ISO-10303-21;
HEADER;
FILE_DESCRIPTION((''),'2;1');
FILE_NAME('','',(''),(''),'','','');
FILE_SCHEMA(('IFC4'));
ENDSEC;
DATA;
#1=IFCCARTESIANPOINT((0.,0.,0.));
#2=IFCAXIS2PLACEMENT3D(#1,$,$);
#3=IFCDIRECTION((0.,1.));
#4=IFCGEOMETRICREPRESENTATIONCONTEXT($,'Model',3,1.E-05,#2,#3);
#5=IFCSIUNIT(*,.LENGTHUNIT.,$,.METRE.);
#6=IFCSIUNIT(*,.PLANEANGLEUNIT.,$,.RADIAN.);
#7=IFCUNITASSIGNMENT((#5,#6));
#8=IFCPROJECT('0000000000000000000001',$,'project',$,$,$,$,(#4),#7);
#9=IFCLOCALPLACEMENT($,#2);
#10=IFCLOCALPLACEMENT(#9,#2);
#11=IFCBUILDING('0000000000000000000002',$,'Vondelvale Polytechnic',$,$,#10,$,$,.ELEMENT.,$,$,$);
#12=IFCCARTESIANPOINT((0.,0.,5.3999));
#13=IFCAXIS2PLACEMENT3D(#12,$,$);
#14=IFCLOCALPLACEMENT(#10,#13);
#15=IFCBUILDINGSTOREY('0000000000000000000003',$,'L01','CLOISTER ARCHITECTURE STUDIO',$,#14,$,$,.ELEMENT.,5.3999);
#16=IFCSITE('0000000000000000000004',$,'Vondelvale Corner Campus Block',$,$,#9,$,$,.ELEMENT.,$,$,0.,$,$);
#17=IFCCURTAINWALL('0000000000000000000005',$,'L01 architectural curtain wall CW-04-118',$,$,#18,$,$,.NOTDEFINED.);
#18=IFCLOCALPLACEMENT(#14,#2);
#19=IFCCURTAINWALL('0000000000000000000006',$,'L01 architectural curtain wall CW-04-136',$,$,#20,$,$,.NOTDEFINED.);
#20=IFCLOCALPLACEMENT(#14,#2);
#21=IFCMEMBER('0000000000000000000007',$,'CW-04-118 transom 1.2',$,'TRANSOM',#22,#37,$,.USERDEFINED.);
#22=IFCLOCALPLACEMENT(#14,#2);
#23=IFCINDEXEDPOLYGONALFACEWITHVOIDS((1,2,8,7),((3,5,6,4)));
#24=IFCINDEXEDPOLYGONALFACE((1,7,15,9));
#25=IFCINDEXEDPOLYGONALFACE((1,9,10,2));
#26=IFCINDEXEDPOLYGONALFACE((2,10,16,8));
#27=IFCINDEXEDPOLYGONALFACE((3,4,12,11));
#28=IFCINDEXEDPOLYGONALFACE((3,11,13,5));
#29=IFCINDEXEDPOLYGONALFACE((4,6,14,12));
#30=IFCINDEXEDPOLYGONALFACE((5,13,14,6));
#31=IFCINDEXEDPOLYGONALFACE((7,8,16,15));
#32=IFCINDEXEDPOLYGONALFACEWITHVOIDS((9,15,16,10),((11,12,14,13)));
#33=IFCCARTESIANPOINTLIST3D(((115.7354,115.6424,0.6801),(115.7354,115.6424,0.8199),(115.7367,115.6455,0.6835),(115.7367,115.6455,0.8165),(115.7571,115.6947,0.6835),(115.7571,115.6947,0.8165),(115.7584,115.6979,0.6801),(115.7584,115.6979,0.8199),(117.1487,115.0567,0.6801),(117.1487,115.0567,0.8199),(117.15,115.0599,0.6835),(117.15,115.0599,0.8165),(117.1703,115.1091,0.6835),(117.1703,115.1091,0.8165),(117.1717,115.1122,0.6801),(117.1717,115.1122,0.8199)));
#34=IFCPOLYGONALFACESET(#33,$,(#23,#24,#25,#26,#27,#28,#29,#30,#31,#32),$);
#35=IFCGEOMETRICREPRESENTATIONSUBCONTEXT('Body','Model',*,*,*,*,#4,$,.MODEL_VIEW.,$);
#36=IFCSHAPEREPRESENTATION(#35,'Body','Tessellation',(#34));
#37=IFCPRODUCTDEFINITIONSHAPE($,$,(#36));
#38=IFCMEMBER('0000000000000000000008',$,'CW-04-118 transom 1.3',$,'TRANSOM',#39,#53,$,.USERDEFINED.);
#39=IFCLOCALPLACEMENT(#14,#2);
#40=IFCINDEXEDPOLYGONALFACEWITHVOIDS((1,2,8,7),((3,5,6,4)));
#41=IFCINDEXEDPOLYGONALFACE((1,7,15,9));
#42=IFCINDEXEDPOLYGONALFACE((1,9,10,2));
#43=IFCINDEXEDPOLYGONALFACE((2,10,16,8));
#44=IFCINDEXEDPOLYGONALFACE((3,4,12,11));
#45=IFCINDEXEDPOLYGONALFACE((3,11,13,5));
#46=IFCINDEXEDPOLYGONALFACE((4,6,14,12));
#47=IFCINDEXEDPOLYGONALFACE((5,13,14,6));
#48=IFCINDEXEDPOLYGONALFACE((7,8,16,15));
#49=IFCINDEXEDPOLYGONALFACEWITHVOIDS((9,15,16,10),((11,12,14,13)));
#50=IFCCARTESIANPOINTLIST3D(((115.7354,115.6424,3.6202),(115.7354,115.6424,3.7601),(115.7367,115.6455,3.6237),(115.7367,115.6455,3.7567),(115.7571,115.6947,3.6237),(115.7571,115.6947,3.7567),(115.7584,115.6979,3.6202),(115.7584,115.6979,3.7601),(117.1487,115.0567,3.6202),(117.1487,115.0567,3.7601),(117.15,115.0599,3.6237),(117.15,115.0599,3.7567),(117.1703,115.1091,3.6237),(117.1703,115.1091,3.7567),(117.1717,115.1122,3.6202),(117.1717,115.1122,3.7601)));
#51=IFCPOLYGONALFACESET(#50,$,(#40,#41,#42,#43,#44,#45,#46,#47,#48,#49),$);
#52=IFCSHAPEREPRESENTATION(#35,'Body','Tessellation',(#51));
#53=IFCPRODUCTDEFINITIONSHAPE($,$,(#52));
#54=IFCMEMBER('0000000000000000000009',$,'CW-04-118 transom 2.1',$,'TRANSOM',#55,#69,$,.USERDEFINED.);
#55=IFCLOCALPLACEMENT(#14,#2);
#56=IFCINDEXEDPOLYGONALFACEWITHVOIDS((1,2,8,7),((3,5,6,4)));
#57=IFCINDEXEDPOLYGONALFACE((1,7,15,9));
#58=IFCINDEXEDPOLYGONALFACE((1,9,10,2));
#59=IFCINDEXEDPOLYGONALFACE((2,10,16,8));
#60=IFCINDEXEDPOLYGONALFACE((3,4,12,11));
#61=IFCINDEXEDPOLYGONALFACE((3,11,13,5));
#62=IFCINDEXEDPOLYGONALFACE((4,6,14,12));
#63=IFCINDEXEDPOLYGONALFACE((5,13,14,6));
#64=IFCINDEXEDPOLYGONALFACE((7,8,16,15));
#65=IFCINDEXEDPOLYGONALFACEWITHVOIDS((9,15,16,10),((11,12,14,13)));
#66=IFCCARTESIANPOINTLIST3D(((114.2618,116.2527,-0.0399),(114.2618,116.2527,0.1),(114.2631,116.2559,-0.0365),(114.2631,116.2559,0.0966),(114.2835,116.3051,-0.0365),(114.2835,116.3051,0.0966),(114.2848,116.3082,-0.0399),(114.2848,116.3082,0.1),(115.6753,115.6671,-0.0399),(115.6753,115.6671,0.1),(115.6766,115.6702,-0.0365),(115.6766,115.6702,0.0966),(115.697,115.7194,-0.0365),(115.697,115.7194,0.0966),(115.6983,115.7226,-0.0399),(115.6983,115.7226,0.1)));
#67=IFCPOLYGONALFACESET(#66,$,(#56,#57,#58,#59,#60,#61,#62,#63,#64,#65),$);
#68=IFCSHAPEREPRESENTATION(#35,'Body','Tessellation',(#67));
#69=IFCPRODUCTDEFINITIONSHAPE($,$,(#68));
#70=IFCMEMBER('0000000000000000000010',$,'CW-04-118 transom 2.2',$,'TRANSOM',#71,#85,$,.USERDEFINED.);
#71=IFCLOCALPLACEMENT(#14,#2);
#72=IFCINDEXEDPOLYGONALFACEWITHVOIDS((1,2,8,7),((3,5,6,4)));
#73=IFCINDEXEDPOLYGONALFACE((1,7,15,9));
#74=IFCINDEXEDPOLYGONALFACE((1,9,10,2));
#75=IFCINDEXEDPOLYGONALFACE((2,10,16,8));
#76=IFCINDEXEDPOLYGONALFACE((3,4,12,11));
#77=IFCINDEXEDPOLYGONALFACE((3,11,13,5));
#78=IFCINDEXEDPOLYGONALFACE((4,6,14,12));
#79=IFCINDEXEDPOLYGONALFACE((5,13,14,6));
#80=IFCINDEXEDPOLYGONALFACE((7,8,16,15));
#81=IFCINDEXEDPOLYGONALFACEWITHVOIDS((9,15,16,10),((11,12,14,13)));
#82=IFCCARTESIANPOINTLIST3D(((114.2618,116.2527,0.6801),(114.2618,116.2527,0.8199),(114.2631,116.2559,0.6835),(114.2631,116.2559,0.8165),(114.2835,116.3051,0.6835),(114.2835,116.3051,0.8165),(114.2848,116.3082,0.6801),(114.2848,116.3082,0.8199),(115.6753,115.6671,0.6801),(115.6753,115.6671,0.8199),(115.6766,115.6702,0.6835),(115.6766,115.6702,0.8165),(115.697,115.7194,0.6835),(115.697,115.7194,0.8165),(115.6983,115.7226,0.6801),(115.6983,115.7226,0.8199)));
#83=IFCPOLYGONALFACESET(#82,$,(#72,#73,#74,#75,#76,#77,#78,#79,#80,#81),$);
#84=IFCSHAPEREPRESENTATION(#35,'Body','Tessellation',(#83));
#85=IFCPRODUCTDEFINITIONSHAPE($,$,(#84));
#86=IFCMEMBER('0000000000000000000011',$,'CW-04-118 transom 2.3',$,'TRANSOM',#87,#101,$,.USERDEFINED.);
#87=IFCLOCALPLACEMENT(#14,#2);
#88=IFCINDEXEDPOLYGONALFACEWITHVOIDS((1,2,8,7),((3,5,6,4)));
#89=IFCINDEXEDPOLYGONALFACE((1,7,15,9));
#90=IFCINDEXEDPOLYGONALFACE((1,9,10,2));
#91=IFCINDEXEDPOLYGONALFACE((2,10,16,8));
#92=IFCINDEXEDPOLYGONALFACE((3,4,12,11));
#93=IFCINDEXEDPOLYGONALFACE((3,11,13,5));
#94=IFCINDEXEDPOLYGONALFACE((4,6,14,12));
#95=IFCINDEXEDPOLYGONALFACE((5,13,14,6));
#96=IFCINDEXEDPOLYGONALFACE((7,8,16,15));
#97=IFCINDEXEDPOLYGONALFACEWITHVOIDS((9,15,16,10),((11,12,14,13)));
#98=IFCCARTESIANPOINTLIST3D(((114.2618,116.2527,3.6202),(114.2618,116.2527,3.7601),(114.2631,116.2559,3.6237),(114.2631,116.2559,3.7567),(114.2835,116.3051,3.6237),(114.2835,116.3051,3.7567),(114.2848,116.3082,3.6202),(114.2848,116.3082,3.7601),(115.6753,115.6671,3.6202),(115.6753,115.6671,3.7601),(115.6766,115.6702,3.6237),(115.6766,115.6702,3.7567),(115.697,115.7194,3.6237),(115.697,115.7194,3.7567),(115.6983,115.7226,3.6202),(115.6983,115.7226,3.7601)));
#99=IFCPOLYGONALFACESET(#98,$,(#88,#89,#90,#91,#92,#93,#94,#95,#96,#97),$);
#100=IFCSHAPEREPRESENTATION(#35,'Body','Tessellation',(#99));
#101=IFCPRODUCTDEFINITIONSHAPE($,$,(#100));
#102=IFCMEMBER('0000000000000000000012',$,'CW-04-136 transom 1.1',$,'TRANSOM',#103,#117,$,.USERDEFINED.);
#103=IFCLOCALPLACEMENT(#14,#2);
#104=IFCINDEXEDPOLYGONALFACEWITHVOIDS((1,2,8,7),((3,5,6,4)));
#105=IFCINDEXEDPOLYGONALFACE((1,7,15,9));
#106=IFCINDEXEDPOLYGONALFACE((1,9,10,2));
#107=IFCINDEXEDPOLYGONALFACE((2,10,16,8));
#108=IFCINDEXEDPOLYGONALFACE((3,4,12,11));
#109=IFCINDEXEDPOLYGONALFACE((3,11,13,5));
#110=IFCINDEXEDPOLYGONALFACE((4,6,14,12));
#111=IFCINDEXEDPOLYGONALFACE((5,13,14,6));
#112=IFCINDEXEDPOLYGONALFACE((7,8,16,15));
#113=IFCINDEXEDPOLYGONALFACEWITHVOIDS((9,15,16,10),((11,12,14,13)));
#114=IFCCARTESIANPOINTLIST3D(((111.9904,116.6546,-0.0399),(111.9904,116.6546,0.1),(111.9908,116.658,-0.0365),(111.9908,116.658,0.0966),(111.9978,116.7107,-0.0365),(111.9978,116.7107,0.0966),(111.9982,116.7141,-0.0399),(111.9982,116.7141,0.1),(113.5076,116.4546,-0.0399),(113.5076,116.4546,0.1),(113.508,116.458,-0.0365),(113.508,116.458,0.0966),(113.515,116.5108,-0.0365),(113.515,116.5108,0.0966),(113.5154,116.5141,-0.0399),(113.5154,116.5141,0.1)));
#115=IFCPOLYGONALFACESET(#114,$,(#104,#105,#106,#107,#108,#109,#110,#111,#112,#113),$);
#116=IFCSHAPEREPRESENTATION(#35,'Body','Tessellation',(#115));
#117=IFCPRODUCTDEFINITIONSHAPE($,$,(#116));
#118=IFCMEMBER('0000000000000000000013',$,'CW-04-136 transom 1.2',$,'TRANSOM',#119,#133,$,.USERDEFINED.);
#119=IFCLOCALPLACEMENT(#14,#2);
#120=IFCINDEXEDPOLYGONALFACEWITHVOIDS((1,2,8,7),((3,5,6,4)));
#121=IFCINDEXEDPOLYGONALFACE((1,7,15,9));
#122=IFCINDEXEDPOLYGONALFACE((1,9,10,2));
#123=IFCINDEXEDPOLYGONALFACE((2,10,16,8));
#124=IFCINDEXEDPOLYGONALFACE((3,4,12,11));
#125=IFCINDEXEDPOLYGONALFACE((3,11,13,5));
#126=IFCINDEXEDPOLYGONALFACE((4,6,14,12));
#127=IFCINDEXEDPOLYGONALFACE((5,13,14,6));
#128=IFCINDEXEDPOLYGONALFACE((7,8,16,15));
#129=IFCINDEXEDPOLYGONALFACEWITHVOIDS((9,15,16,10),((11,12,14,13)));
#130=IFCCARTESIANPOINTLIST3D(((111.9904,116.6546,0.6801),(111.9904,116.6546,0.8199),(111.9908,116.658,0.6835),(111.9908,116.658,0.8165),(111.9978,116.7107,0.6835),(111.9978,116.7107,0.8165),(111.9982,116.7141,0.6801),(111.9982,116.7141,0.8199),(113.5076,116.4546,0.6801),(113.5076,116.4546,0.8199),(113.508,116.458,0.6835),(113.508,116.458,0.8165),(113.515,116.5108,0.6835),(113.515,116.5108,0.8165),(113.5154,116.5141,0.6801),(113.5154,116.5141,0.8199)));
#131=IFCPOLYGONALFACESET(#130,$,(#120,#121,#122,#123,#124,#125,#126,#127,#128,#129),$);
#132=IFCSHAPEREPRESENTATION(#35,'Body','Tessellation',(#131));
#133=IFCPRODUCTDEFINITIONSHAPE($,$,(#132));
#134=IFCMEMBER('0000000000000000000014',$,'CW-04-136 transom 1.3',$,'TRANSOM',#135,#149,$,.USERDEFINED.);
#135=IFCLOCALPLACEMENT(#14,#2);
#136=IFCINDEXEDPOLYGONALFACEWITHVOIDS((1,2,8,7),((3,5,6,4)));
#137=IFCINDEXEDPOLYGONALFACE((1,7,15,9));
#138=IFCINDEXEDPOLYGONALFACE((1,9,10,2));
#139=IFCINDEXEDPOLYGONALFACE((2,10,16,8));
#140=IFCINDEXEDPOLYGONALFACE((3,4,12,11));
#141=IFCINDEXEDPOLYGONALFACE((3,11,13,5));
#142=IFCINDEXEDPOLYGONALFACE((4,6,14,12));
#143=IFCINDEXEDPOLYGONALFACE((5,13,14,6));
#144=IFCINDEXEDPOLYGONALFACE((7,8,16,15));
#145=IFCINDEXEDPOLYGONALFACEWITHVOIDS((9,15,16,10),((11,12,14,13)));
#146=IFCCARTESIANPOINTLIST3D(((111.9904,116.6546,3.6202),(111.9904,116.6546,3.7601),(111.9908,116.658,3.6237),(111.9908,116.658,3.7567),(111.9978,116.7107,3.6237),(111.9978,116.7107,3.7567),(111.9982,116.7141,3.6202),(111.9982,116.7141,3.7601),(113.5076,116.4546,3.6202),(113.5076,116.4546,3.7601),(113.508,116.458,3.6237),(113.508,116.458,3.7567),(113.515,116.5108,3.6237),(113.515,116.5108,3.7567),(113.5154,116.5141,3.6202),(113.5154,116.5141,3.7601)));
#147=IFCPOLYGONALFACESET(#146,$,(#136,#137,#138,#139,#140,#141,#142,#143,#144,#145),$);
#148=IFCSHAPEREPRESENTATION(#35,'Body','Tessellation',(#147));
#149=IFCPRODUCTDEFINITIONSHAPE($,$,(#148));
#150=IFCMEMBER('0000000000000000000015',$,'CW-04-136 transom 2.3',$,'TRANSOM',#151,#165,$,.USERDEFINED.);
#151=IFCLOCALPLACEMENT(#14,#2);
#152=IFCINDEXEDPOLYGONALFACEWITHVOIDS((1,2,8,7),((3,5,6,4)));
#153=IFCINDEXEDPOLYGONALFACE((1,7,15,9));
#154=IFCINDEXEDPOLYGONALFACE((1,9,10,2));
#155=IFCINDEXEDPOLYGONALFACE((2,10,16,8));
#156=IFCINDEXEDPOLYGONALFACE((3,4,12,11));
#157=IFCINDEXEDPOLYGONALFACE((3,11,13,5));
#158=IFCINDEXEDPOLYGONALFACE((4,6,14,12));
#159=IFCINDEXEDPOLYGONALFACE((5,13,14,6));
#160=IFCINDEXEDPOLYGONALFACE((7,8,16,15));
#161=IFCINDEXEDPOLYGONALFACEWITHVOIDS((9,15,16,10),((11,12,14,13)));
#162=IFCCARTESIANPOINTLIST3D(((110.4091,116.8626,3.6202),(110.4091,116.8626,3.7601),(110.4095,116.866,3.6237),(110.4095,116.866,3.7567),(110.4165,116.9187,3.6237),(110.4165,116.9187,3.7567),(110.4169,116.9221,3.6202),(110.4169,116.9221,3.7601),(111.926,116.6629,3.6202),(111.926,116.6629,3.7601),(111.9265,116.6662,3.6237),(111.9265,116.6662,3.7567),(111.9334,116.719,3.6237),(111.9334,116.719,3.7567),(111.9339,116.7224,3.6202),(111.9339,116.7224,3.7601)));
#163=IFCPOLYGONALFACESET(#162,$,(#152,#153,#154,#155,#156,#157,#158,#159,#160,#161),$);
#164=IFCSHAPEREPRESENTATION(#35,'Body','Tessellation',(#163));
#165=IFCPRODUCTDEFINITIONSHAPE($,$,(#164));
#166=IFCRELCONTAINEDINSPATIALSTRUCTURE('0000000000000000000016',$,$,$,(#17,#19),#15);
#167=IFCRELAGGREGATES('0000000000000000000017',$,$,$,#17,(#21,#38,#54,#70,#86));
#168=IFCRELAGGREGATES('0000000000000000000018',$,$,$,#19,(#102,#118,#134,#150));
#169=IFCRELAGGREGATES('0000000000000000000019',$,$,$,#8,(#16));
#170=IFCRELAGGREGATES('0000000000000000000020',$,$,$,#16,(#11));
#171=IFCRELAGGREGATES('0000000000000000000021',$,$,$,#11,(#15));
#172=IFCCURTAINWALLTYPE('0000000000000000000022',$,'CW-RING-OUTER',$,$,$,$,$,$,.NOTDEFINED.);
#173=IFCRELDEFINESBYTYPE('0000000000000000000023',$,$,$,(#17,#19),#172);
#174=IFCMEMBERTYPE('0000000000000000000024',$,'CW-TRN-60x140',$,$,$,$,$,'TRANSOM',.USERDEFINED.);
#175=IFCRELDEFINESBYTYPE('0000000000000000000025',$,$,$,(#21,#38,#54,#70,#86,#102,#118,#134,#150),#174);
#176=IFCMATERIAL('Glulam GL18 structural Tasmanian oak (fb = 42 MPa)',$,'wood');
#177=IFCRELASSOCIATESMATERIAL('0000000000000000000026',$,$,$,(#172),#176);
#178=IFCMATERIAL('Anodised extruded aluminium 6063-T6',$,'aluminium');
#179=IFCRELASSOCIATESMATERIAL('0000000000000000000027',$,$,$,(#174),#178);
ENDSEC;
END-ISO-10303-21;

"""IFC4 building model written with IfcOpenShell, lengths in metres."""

from ifc_helpers import new_model, si_unit, direction, frame, origin, origin_2d, place, context, subcontext, project, spatial, hollow_rectangle, extrude, material, material_profile, profile_set, type_object, element, aggregate, save


model = new_model("IFC4")

# Units and contexts
model_context = context("Model", 3, precision=1e-05, world=origin(), true_north=direction((0.0, 1.0)))
body_context = subcontext(model_context, "Body", "Model", "MODEL_VIEW")
ifc_project = project(units=[si_unit("LENGTHUNIT", "METRE"), si_unit("PLANEANGLEUNIT", "RADIAN")], contexts=[model_context])

# Site, building, storey
site_placement = place(None, origin())
site = spatial("IfcSite", under=ifc_project, at=site_placement, Name="Vondelvale Corner Campus Block", CompositionType="ELEMENT", RefElevation=0.0)
building_placement = place(site_placement, origin())
building = spatial("IfcBuilding", under=site, at=building_placement, Name="Vondelvale Polytechnic", CompositionType="ELEMENT")
storey_placement = place(building_placement, frame((0.0, 0.0, 5.3999)))
storey = spatial("IfcBuildingStorey", under=building, at=storey_placement, Name="L01", Description="CLOISTER ARCHITECTURE STUDIO", CompositionType="ELEMENT", Elevation=5.3999)

# Shared definitions
ifc_material_1 = material(Name="Glulam GL18 structural Tasmanian oak (fb = 42 MPa)", Category="wood")

# Curtain walls
curtain_wall_type = type_object("IfcCurtainWallType", Name="CW-RING-OUTER", PredefinedType="NOTDEFINED", material=ifc_material_1)
curtain_wall_1_placement = place(storey_placement, origin())
curtain_wall_1 = element("IfcCurtainWall", 1, at=curtain_wall_1_placement, inside=storey, type_object=curtain_wall_type, Name="L01 architectural curtain wall CW-04-118", PredefinedType="NOTDEFINED")
ifc_material_2 = material(Name="Anodised extruded aluminium 6063-T6", Category="aluminium")
curtain_wall_2_placement = place(storey_placement, origin())
curtain_wall_2 = element("IfcCurtainWall", 2, at=curtain_wall_2_placement, inside=storey, type_object=curtain_wall_type, Name="L01 architectural curtain wall CW-04-136", PredefinedType="NOTDEFINED")

# Members
ifc_material_profile_1 = material_profile(ifc_material_2, hollow_rectangle(XDim=0.0601, YDim=0.1399, WallThickness=0.0034, at=origin_2d()), Name="CW-TRN-140x60")
ifc_profile_set_1 = profile_set([ifc_material_profile_1], Name="Anodised extruded aluminium 6063-T6")
member_type_1 = type_object("IfcMemberType", Name="CW-TRN-60x140", ElementType="TRANSOM", PredefinedType="USERDEFINED", material=ifc_profile_set_1)
member_1_placement = place(storey_placement, frame((117.1602, 115.0845, 0.75), z_axis=(-0.923816, 0.382836, 0.0), x_axis=(-0.382836, -0.923816, 0.0)))
member_1 = element("IfcMember", 3, at=member_1_placement, type_object=member_type_1, Name="CW-04-118 transom 1.2", ObjectType="TRANSOM", PredefinedType="USERDEFINED", context=body_context, shape_type="SweptSolid", body=[
    extrude(hollow_rectangle(XDim=0.0601, YDim=0.1399, WallThickness=0.0034, at=origin_2d()), origin(), (0.0, 0.0, 1.0), 1.5298),
])
member_2_placement = place(storey_placement, frame((117.1602, 115.0845, 3.6902), z_axis=(-0.923816, 0.382836, 0.0), x_axis=(-0.382836, -0.923816, 0.0)))
member_2 = element("IfcMember", 4, at=member_2_placement, type_object=member_type_1, Name="CW-04-118 transom 1.3", ObjectType="TRANSOM", PredefinedType="USERDEFINED", context=body_context, shape_type="SweptSolid", body=[
    extrude(hollow_rectangle(XDim=0.0601, YDim=0.1399, WallThickness=0.0034, at=origin_2d()), origin(), (0.0, 0.0, 1.0), 1.5298),
])
member_3_placement = place(storey_placement, frame((115.6868, 115.6948, 0.03), z_axis=(-0.92384, 0.382779, 0.0), x_axis=(-0.382779, -0.92384, 0.0)))
member_3 = element("IfcMember", 5, at=member_3_placement, type_object=member_type_1, Name="CW-04-118 transom 2.1", ObjectType="TRANSOM", PredefinedType="USERDEFINED", context=body_context, shape_type="SweptSolid", body=[
    extrude(hollow_rectangle(XDim=0.0601, YDim=0.1399, WallThickness=0.0034, at=origin_2d()), origin(), (0.0, 0.0, 1.0), 1.53),
])
member_4_placement = place(storey_placement, frame((115.6868, 115.6948, 0.75), z_axis=(-0.92384, 0.382779, 0.0), x_axis=(-0.382779, -0.92384, 0.0)))
member_4 = element("IfcMember", 6, at=member_4_placement, type_object=member_type_1, Name="CW-04-118 transom 2.2", ObjectType="TRANSOM", PredefinedType="USERDEFINED", context=body_context, shape_type="SweptSolid", body=[
    extrude(hollow_rectangle(XDim=0.0601, YDim=0.1399, WallThickness=0.0034, at=origin_2d()), origin(), (0.0, 0.0, 1.0), 1.53),
])
member_5_placement = place(storey_placement, frame((115.6868, 115.6948, 3.6902), z_axis=(-0.92384, 0.382779, 0.0), x_axis=(-0.382779, -0.92384, 0.0)))
member_5 = element("IfcMember", 7, at=member_5_placement, type_object=member_type_1, Name="CW-04-118 transom 2.3", ObjectType="TRANSOM", PredefinedType="USERDEFINED", context=body_context, shape_type="SweptSolid", body=[
    extrude(hollow_rectangle(XDim=0.0601, YDim=0.1399, WallThickness=0.0034, at=origin_2d()), origin(), (0.0, 0.0, 1.0), 1.53),
])
member_6_placement = place(storey_placement, frame((113.5115, 116.4844, 0.03), z_axis=(-0.991426, 0.130669, 0.0), x_axis=(-0.130669, -0.991426, 0.0)))
member_6 = element("IfcMember", 8, at=member_6_placement, type_object=member_type_1, Name="CW-04-136 transom 1.1", ObjectType="TRANSOM", PredefinedType="USERDEFINED", context=body_context, shape_type="SweptSolid", body=[
    extrude(hollow_rectangle(XDim=0.0601, YDim=0.1399, WallThickness=0.0034, at=origin_2d()), origin(), (0.0, 0.0, 1.0), 1.5303),
])
member_7_placement = place(storey_placement, frame((113.5115, 116.4844, 0.75), z_axis=(-0.991426, 0.130669, 0.0), x_axis=(-0.130669, -0.991426, 0.0)))
member_7 = element("IfcMember", 9, at=member_7_placement, type_object=member_type_1, Name="CW-04-136 transom 1.2", ObjectType="TRANSOM", PredefinedType="USERDEFINED", context=body_context, shape_type="SweptSolid", body=[
    extrude(hollow_rectangle(XDim=0.0601, YDim=0.1399, WallThickness=0.0034, at=origin_2d()), origin(), (0.0, 0.0, 1.0), 1.5303),
])
member_8_placement = place(storey_placement, frame((113.5115, 116.4844, 3.6902), z_axis=(-0.991426, 0.130669, 0.0), x_axis=(-0.130669, -0.991426, 0.0)))
member_8 = element("IfcMember", 10, at=member_8_placement, type_object=member_type_1, Name="CW-04-136 transom 1.3", ObjectType="TRANSOM", PredefinedType="USERDEFINED", context=body_context, shape_type="SweptSolid", body=[
    extrude(hollow_rectangle(XDim=0.0601, YDim=0.1399, WallThickness=0.0034, at=origin_2d()), origin(), (0.0, 0.0, 1.0), 1.5303),
])
member_9_placement = place(storey_placement, frame((111.9299, 116.6926, 3.6902), z_axis=(-0.991444, 0.130533, 0.0), x_axis=(-0.130533, -0.991444, 0.0)))
member_9 = element("IfcMember", 11, at=member_9_placement, type_object=member_type_1, Name="CW-04-136 transom 2.3", ObjectType="TRANSOM", PredefinedType="USERDEFINED", context=body_context, shape_type="SweptSolid", body=[
    extrude(hollow_rectangle(XDim=0.0601, YDim=0.1399, WallThickness=0.0034, at=origin_2d()), origin(), (0.0, 0.0, 1.0), 1.53),
])

aggregate(curtain_wall_1, [member_1, member_2, member_3, member_4, member_5])
aggregate(curtain_wall_2, [member_6, member_7, member_8, member_9])

save(model, "model.ifc")
